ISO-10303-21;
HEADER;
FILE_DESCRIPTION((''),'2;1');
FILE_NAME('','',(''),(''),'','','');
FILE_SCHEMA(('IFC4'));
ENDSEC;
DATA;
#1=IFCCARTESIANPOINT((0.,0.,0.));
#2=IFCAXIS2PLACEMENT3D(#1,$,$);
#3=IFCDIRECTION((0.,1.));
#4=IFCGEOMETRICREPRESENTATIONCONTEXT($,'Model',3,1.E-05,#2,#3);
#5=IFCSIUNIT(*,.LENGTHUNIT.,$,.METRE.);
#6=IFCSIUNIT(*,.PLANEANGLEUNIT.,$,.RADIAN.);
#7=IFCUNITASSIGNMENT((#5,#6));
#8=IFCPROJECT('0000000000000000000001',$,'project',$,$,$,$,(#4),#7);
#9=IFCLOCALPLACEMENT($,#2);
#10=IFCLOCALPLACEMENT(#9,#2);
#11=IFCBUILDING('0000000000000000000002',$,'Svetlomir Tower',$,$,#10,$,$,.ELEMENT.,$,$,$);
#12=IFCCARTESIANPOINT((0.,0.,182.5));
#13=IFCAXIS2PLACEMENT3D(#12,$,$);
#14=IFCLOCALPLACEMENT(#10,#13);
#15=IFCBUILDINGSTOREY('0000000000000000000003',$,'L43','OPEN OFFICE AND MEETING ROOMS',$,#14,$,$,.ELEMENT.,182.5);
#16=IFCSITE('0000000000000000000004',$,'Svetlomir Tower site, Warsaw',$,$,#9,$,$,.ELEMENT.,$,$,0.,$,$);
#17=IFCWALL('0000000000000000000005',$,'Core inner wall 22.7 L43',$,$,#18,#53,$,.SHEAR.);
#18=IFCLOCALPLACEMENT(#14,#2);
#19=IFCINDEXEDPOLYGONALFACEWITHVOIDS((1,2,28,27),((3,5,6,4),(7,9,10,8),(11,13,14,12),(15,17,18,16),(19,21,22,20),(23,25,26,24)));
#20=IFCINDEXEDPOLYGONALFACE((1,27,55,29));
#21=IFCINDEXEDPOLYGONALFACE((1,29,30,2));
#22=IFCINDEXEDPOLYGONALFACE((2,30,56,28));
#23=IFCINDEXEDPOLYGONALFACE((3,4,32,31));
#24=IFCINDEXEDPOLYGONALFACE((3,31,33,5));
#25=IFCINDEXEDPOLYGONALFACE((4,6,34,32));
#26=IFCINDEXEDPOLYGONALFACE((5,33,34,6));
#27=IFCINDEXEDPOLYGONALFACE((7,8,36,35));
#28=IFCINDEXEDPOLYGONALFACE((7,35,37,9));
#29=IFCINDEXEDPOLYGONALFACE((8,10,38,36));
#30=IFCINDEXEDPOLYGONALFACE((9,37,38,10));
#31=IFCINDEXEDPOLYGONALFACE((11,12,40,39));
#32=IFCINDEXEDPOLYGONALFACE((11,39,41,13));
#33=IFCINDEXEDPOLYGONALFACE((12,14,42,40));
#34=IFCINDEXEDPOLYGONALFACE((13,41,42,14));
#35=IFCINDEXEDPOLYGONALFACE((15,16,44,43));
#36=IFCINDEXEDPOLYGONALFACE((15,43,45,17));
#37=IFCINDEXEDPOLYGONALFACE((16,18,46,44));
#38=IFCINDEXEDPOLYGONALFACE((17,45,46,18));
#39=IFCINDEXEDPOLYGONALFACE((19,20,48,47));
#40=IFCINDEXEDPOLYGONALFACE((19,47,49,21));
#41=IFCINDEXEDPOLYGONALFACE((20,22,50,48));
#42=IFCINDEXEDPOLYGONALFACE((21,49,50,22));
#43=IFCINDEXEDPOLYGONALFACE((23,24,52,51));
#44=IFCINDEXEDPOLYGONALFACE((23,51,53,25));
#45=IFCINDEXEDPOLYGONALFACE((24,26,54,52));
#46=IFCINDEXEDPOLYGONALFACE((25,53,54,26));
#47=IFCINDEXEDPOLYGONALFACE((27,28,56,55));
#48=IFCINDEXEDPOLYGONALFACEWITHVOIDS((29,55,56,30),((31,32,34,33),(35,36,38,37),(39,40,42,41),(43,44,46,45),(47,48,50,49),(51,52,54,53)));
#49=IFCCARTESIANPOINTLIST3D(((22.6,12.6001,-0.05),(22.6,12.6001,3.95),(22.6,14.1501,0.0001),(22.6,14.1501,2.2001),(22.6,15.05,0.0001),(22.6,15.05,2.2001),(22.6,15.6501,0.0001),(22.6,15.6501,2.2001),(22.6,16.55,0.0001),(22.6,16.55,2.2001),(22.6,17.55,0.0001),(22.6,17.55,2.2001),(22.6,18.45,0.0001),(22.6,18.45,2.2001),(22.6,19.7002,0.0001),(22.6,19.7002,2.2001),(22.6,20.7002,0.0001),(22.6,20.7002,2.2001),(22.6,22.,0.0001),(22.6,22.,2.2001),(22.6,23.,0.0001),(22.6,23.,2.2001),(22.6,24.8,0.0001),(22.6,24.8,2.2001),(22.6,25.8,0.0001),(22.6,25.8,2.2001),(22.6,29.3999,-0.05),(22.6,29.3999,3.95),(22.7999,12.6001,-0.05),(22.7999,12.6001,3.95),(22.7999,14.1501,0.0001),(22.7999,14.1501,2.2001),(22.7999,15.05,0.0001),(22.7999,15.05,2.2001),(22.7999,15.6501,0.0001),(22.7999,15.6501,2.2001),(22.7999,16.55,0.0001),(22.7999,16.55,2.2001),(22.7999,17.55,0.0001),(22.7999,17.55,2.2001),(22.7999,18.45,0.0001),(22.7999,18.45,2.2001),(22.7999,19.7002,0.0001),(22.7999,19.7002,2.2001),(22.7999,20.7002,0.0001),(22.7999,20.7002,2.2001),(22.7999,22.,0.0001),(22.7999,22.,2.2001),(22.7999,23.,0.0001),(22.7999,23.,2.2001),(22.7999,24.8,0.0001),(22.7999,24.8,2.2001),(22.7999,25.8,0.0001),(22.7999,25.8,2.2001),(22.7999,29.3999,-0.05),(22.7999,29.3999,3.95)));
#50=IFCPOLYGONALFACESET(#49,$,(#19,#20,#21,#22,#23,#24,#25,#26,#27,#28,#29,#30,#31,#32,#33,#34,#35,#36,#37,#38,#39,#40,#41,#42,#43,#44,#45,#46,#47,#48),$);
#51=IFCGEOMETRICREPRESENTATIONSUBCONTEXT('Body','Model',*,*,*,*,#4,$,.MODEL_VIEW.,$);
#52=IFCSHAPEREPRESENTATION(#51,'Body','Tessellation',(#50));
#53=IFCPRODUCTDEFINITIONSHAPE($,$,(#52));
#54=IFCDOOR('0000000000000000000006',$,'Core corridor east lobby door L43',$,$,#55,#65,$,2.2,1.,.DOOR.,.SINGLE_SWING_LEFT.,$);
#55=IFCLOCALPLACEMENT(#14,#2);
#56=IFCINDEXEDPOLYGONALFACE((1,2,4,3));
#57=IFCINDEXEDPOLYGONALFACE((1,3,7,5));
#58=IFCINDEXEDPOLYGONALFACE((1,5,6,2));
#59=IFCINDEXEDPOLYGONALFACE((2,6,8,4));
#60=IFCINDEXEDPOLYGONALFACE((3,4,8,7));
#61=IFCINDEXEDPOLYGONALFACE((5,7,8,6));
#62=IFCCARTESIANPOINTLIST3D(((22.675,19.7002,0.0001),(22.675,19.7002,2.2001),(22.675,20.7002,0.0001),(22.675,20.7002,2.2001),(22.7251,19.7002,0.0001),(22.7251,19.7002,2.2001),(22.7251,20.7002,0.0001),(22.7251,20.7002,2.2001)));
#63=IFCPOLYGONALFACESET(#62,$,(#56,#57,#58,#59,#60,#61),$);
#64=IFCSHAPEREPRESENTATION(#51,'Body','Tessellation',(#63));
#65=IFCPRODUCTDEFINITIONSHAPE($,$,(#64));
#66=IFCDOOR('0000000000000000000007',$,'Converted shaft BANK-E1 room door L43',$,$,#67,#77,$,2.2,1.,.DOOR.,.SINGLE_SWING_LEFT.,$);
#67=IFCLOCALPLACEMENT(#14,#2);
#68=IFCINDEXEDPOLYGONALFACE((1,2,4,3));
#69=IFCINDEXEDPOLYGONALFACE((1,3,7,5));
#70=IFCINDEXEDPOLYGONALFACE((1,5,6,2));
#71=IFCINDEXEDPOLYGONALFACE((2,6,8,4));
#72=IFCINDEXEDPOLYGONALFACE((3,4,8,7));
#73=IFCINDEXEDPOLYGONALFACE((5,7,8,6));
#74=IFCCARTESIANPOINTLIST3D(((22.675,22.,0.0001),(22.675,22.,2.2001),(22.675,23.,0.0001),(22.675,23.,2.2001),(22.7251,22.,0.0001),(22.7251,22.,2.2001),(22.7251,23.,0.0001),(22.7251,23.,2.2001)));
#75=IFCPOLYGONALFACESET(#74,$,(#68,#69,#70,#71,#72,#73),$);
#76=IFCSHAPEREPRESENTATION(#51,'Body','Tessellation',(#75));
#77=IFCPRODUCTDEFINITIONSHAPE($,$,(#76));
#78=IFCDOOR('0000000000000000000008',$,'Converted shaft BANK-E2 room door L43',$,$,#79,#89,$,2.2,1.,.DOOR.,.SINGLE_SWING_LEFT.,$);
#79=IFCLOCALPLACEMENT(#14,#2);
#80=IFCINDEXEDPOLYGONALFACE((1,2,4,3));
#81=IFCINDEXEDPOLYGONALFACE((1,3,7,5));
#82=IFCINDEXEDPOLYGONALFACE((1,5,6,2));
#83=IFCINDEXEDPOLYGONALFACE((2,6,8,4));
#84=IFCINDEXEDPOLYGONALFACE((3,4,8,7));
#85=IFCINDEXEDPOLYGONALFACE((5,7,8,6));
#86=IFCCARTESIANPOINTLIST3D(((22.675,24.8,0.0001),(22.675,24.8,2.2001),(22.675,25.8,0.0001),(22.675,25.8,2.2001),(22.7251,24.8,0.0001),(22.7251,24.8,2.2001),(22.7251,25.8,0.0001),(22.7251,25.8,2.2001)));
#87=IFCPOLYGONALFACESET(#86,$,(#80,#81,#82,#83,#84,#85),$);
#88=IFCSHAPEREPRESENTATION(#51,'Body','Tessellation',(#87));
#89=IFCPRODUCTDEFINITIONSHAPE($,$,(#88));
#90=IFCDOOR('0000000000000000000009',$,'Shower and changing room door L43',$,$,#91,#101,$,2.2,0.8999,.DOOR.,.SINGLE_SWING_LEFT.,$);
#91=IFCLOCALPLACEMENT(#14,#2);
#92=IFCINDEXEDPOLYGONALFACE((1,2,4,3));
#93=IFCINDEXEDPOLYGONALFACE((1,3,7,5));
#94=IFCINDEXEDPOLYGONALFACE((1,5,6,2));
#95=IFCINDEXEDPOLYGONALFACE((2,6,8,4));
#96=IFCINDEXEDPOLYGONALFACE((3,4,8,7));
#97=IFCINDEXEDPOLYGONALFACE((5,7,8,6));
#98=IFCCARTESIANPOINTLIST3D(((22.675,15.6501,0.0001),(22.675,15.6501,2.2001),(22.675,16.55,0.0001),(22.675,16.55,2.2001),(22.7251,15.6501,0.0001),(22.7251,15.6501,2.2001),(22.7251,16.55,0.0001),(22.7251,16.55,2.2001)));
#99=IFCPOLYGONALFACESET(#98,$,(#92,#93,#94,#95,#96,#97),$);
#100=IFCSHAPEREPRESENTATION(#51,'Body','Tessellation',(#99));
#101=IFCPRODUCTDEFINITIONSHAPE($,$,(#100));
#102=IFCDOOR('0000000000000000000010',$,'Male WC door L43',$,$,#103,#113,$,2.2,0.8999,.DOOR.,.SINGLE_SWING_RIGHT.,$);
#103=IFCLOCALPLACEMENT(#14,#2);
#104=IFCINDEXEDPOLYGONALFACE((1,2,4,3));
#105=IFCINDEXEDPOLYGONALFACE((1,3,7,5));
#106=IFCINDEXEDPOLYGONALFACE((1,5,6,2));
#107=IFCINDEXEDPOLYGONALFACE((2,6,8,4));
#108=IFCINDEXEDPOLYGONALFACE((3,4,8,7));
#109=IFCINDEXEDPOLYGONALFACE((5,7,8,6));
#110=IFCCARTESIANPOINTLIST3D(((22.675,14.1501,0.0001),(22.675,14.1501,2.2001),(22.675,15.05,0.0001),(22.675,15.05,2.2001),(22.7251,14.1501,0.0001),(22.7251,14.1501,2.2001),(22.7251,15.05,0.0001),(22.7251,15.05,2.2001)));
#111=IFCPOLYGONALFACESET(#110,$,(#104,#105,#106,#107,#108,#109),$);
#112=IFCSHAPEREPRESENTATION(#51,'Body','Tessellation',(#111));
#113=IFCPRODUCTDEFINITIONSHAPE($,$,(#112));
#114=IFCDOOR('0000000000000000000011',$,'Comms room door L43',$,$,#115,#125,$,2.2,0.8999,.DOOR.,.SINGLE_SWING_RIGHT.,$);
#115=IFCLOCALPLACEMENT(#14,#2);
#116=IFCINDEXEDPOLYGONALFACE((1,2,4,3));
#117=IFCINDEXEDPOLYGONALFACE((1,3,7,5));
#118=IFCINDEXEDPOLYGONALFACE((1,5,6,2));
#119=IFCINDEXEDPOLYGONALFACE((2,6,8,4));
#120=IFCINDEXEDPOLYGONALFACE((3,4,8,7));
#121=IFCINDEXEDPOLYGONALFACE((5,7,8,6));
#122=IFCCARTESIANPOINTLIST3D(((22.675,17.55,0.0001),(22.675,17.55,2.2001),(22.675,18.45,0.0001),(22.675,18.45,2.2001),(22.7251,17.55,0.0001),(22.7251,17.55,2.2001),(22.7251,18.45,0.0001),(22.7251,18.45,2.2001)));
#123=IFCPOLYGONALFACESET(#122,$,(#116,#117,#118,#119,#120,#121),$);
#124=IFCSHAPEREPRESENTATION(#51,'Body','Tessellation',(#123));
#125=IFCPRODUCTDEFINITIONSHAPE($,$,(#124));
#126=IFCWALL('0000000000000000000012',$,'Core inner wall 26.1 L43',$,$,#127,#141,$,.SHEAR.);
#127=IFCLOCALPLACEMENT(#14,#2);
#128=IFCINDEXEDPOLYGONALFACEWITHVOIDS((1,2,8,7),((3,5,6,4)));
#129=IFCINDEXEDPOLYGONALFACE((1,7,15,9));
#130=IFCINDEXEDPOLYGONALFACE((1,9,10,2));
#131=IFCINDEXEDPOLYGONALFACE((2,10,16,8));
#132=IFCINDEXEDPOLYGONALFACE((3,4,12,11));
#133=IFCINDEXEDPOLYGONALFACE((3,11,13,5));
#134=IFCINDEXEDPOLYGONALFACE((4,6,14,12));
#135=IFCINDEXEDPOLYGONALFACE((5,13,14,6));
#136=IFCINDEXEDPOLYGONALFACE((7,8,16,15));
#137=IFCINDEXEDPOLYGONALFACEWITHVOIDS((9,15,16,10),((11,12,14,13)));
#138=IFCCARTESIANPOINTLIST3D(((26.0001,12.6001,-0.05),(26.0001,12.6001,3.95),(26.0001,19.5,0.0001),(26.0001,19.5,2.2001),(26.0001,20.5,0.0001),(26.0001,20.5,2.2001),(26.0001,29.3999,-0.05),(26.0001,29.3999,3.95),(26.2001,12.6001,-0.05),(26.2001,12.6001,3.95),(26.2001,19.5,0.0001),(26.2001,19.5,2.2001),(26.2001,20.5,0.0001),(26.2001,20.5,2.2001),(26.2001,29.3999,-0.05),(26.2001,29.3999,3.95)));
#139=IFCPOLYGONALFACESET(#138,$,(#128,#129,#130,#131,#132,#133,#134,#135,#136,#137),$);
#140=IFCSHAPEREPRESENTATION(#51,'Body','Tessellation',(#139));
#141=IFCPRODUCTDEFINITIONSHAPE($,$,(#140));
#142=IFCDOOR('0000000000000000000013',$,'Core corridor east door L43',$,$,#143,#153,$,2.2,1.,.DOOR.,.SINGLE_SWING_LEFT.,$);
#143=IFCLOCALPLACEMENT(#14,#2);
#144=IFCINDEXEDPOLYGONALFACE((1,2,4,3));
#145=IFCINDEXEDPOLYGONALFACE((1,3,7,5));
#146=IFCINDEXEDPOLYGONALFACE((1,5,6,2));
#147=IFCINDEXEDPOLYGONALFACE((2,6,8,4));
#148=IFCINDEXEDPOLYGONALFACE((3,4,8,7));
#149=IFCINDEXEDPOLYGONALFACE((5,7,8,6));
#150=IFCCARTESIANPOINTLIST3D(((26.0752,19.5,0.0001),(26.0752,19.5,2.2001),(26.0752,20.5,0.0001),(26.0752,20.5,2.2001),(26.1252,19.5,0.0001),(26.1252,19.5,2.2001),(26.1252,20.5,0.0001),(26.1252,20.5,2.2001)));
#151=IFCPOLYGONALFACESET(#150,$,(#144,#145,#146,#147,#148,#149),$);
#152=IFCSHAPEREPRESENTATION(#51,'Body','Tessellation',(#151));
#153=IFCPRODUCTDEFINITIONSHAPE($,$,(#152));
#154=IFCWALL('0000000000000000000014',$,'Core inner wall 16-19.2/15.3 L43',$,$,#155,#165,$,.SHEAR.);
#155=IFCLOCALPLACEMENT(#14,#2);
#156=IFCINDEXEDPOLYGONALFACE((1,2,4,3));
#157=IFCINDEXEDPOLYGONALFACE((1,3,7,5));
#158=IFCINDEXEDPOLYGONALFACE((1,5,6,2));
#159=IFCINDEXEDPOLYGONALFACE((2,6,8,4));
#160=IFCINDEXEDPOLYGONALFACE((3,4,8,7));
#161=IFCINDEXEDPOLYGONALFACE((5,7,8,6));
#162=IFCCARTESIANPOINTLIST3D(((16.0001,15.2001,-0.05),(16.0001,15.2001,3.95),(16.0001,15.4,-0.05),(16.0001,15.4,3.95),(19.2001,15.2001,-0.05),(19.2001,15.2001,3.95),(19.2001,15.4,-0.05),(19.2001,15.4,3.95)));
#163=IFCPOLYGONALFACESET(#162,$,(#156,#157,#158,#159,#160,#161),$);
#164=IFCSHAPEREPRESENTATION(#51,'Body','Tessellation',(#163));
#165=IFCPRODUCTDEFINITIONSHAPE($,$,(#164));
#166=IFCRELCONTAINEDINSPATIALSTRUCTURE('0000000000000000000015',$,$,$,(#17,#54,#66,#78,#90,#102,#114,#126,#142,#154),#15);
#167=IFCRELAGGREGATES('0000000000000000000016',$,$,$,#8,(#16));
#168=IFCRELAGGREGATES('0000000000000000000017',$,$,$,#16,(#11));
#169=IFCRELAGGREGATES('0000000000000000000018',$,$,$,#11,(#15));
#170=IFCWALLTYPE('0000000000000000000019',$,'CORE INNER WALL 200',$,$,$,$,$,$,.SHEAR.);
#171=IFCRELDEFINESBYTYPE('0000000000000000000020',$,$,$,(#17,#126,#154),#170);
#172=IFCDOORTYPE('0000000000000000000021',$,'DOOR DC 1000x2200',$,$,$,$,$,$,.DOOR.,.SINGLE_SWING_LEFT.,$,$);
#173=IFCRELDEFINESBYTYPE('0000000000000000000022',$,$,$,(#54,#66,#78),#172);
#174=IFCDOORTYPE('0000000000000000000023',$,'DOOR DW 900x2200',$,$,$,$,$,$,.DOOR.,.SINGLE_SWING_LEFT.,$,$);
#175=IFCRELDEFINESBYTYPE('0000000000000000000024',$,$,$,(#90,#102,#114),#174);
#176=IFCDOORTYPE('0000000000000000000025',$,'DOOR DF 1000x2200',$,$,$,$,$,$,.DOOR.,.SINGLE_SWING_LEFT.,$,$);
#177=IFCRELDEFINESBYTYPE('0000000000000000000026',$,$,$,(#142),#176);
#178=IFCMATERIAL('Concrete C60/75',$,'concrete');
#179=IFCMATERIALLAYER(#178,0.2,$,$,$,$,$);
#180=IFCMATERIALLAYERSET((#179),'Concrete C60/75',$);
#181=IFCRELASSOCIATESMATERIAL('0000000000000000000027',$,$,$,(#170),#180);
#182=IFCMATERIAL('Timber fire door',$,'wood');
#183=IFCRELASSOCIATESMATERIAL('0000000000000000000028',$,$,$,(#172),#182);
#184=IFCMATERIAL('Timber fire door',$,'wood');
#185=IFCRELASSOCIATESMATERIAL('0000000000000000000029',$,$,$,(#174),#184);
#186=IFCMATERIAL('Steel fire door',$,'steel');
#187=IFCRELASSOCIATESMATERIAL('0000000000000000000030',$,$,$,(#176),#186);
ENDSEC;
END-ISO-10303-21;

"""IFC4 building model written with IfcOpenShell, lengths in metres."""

from ifc_helpers import new_model, si_unit, direction, frame, frame_2d, origin, place, context, subcontext, project, spatial, rectangle, extrude, material, layer, layer_set, type_object, element, fill, save


model = new_model("IFC4")

# Units and contexts
model_context = context("Model", 3, precision=1e-05, world=origin(), true_north=direction((0.0, 1.0)))
body_context = subcontext(model_context, "Body", "Model", "MODEL_VIEW")
ifc_project = project(units=[si_unit("LENGTHUNIT", "METRE"), si_unit("PLANEANGLEUNIT", "RADIAN")], contexts=[model_context])

# Site, building, storey
site_placement = place(None, origin())
site = spatial("IfcSite", under=ifc_project, at=site_placement, Name="Svetlomir Tower site, Warsaw", CompositionType="ELEMENT", RefElevation=0.0)
building_placement = place(site_placement, origin())
building = spatial("IfcBuilding", under=site, at=building_placement, Name="Svetlomir Tower", CompositionType="ELEMENT")
storey_placement = place(building_placement, frame((0.0, 0.0, 182.5)))
storey = spatial("IfcBuildingStorey", under=building, at=storey_placement, Name="L43", Description="OPEN OFFICE AND MEETING ROOMS", CompositionType="ELEMENT", Elevation=182.5)

# Wall, openings, doors
ifc_material_1 = material(Name="Concrete C60/75", Category="concrete")
ifc_layer_1 = layer(ifc_material_1, 0.2)
ifc_layer_set_1 = layer_set([ifc_layer_1], Name="Concrete C60/75")
wall_type_1 = type_object("IfcWallType", Name="CORE INNER WALL 200", PredefinedType="SHEAR", material=ifc_layer_set_1)
wall_1_placement = place(storey_placement, frame((22.7, 12.6001, -0.05), z_axis=(0.0, 0.0, 1.0), x_axis=(0.0, 1.0, 0.0)))
wall_1 = element("IfcWall", 1, at=wall_1_placement, inside=storey, type_object=wall_type_1, Name="Core inner wall 22.7 L43", PredefinedType="SHEAR", context=body_context, shape_type="SweptSolid", body=[
    extrude(rectangle(XDim=16.7998, YDim=0.2, at=frame_2d((8.3999, 0.0))), origin(), (0.0, 0.0, 1.0), 4.0),
])
opening_1_placement = place(wall_1_placement, frame((3.05, 0.0, 0.05)))
opening_1 = element("IfcOpeningElement", 2, at=opening_1_placement, cuts=wall_1, PredefinedType="OPENING", context=body_context, shape_type="SweptSolid", body=[
    extrude(rectangle(XDim=0.8999, YDim=2.2, at=frame_2d((0.45, 1.1001))), frame((0.0, 0.1099, 0.0), z_axis=(0.0, -1.0, 0.0), x_axis=(1.0, 0.0, 0.0)), (0.0, 0.0, 1.0), 0.22),
])
opening_2_placement = place(wall_1_placement, frame((7.1001, 0.0, 0.05)))
opening_2 = element("IfcOpeningElement", 3, at=opening_2_placement, cuts=wall_1, PredefinedType="OPENING", context=body_context, shape_type="SweptSolid", body=[
    extrude(rectangle(XDim=1.0, YDim=2.2, at=frame_2d((0.5, 1.1001))), frame((0.0, 0.1099, 0.0), z_axis=(0.0, -1.0, 0.0), x_axis=(1.0, 0.0, 0.0)), (0.0, 0.0, 1.0), 0.22),
])
opening_3_placement = place(wall_1_placement, frame((1.55, 0.0, 0.05)))
opening_3 = element("IfcOpeningElement", 4, at=opening_3_placement, cuts=wall_1, PredefinedType="OPENING", context=body_context, shape_type="SweptSolid", body=[
    extrude(rectangle(XDim=0.8999, YDim=2.2, at=frame_2d((0.45, 1.1001))), frame((0.0, 0.1099, 0.0), z_axis=(0.0, -1.0, 0.0), x_axis=(1.0, 0.0, 0.0)), (0.0, 0.0, 1.0), 0.22),
])
opening_4_placement = place(wall_1_placement, frame((4.95, 0.0, 0.05)))
opening_4 = element("IfcOpeningElement", 5, at=opening_4_placement, cuts=wall_1, PredefinedType="OPENING", context=body_context, shape_type="SweptSolid", body=[
    extrude(rectangle(XDim=0.8999, YDim=2.2, at=frame_2d((0.45, 1.1001))), frame((0.0, 0.1099, 0.0), z_axis=(0.0, -1.0, 0.0), x_axis=(1.0, 0.0, 0.0)), (0.0, 0.0, 1.0), 0.22),
])
opening_5_placement = place(wall_1_placement, frame((9.3999, 0.0, 0.05)))
opening_5 = element("IfcOpeningElement", 6, at=opening_5_placement, cuts=wall_1, PredefinedType="OPENING", context=body_context, shape_type="SweptSolid", body=[
    extrude(rectangle(XDim=1.0, YDim=2.2, at=frame_2d((0.5, 1.1001))), frame((0.0, 0.1099, 0.0), z_axis=(0.0, -1.0, 0.0), x_axis=(1.0, 0.0, 0.0)), (0.0, 0.0, 1.0), 0.22),
])
opening_6_placement = place(wall_1_placement, frame((12.2, 0.0, 0.05)))
opening_6 = element("IfcOpeningElement", 7, at=opening_6_placement, cuts=wall_1, PredefinedType="OPENING", context=body_context, shape_type="SweptSolid", body=[
    extrude(rectangle(XDim=1.0, YDim=2.2, at=frame_2d((0.5, 1.1001))), frame((0.0, 0.1099, 0.0), z_axis=(0.0, -1.0, 0.0), x_axis=(1.0, 0.0, 0.0)), (0.0, 0.0, 1.0), 0.22),
])
ifc_material_2 = material(Name="Timber fire door", Category="wood")
door_type_1 = type_object("IfcDoorType", Name="DOOR DC 1000x2200", OperationType="SINGLE_SWING_LEFT", PredefinedType="DOOR", material=ifc_material_2)
door_1_placement = place(opening_2_placement, origin())
door_1 = element("IfcDoor", 8, at=door_1_placement, inside=storey, type_object=door_type_1, Name="Core corridor east lobby door L43", OperationType="SINGLE_SWING_LEFT", OverallHeight=2.2, OverallWidth=1.0, PredefinedType="DOOR", context=body_context, shape_type="SweptSolid", body=[
    extrude(rectangle(XDim=1.0, YDim=2.2, at=frame_2d((0.5, 1.1001))), frame((0.0, 0.0249, 0.0), z_axis=(0.0, -1.0, 0.0), x_axis=(1.0, 0.0, 0.0)), (0.0, 0.0, 1.0), 0.05),
])
fill(opening_2, door_1)
door_2_placement = place(opening_5_placement, origin())
door_2 = element("IfcDoor", 9, at=door_2_placement, inside=storey, type_object=door_type_1, Name="Converted shaft BANK-E1 room door L43", OperationType="SINGLE_SWING_LEFT", OverallHeight=2.2, OverallWidth=1.0, PredefinedType="DOOR", context=body_context, shape_type="SweptSolid", body=[
    extrude(rectangle(XDim=1.0, YDim=2.2, at=frame_2d((0.5, 1.1001))), frame((0.0, 0.0249, 0.0), z_axis=(0.0, -1.0, 0.0), x_axis=(1.0, 0.0, 0.0)), (0.0, 0.0, 1.0), 0.05),
])
fill(opening_5, door_2)
door_3_placement = place(opening_6_placement, origin())
door_3 = element("IfcDoor", 10, at=door_3_placement, inside=storey, type_object=door_type_1, Name="Converted shaft BANK-E2 room door L43", OperationType="SINGLE_SWING_LEFT", OverallHeight=2.2, OverallWidth=1.0, PredefinedType="DOOR", context=body_context, shape_type="SweptSolid", body=[
    extrude(rectangle(XDim=1.0, YDim=2.2, at=frame_2d((0.5, 1.1001))), frame((0.0, 0.0249, 0.0), z_axis=(0.0, -1.0, 0.0), x_axis=(1.0, 0.0, 0.0)), (0.0, 0.0, 1.0), 0.05),
])
fill(opening_6, door_3)
ifc_material_3 = material(Name="Timber fire door", Category="wood")
door_type_2 = type_object("IfcDoorType", Name="DOOR DW 900x2200", OperationType="SINGLE_SWING_LEFT", PredefinedType="DOOR", material=ifc_material_3)
door_4_placement = place(opening_1_placement, origin())
door_4 = element("IfcDoor", 11, at=door_4_placement, inside=storey, type_object=door_type_2, Name="Shower and changing room door L43", OperationType="SINGLE_SWING_LEFT", OverallHeight=2.2, OverallWidth=0.8999, PredefinedType="DOOR", context=body_context, shape_type="SweptSolid", body=[
    extrude(rectangle(XDim=0.8999, YDim=2.2, at=frame_2d((0.45, 1.1001))), frame((0.0, 0.0249, 0.0), z_axis=(0.0, -1.0, 0.0), x_axis=(1.0, 0.0, 0.0)), (0.0, 0.0, 1.0), 0.05),
])
fill(opening_1, door_4)
door_5_placement = place(opening_3_placement, origin())
door_5 = element("IfcDoor", 12, at=door_5_placement, inside=storey, type_object=door_type_2, Name="Male WC door L43", OperationType="SINGLE_SWING_RIGHT", OverallHeight=2.2, OverallWidth=0.8999, PredefinedType="DOOR", context=body_context, shape_type="SweptSolid", body=[
    extrude(rectangle(XDim=0.8999, YDim=2.2, at=frame_2d((0.45, 1.1001))), frame((0.0, 0.0249, 0.0), z_axis=(0.0, -1.0, 0.0), x_axis=(1.0, 0.0, 0.0)), (0.0, 0.0, 1.0), 0.05),
])
fill(opening_3, door_5)
door_6_placement = place(opening_4_placement, origin())
door_6 = element("IfcDoor", 13, at=door_6_placement, inside=storey, type_object=door_type_2, Name="Comms room door L43", OperationType="SINGLE_SWING_RIGHT", OverallHeight=2.2, OverallWidth=0.8999, PredefinedType="DOOR", context=body_context, shape_type="SweptSolid", body=[
    extrude(rectangle(XDim=0.8999, YDim=2.2, at=frame_2d((0.45, 1.1001))), frame((0.0, 0.0249, 0.0), z_axis=(0.0, -1.0, 0.0), x_axis=(1.0, 0.0, 0.0)), (0.0, 0.0, 1.0), 0.05),
])
fill(opening_4, door_6)

# Wall, opening, door
wall_2_placement = place(storey_placement, frame((26.1001, 12.6001, -0.05), z_axis=(0.0, 0.0, 1.0), x_axis=(0.0, 1.0, 0.0)))
wall_2 = element("IfcWall", 14, at=wall_2_placement, inside=storey, type_object=wall_type_1, Name="Core inner wall 26.1 L43", PredefinedType="SHEAR", context=body_context, shape_type="SweptSolid", body=[
    extrude(rectangle(XDim=16.7998, YDim=0.2, at=frame_2d((8.3999, 0.0))), origin(), (0.0, 0.0, 1.0), 4.0),
])
opening_7_placement = place(wall_2_placement, frame((6.8999, 0.0, 0.05)))
opening_7 = element("IfcOpeningElement", 15, at=opening_7_placement, cuts=wall_2, PredefinedType="OPENING", context=body_context, shape_type="SweptSolid", body=[
    extrude(rectangle(XDim=1.0, YDim=2.2, at=frame_2d((0.5, 1.1001))), frame((0.0, 0.1099, 0.0), z_axis=(0.0, -1.0, 0.0), x_axis=(1.0, 0.0, 0.0)), (0.0, 0.0, 1.0), 0.22),
])
ifc_material_4 = material(Name="Steel fire door", Category="steel")
door_type_3 = type_object("IfcDoorType", Name="DOOR DF 1000x2200", OperationType="SINGLE_SWING_LEFT", PredefinedType="DOOR", material=ifc_material_4)
door_7_placement = place(opening_7_placement, origin())
door_7 = element("IfcDoor", 16, at=door_7_placement, inside=storey, type_object=door_type_3, Name="Core corridor east door L43", OperationType="SINGLE_SWING_LEFT", OverallHeight=2.2, OverallWidth=1.0, PredefinedType="DOOR", context=body_context, shape_type="SweptSolid", body=[
    extrude(rectangle(XDim=1.0, YDim=2.2, at=frame_2d((0.5, 1.1001))), frame((0.0, 0.0249, 0.0), z_axis=(0.0, -1.0, 0.0), x_axis=(1.0, 0.0, 0.0)), (0.0, 0.0, 1.0), 0.05),
])
fill(opening_7, door_7)

# Wall
for number, where, z_axis, x_axis, name in (
    (17, (16.0, 15.3, -0.05), (0.0, 0.0, 1.0), (1.0, 0.0, 0.0), "Core inner wall 16-19.2/15.3 L43"),
):
    element("IfcWall", number, at=place(storey_placement, frame(where, z_axis=z_axis, x_axis=x_axis)), inside=storey, type_object=wall_type_1, Name=name, PredefinedType="SHEAR", context=body_context, shape_type="SweptSolid", body=[
        extrude(rectangle(XDim=3.2, YDim=0.2, at=frame_2d((1.6001, 0.0))), origin(), (0.0, 0.0, 1.0), 4.0),
    ])

save(model, "model.ifc")
